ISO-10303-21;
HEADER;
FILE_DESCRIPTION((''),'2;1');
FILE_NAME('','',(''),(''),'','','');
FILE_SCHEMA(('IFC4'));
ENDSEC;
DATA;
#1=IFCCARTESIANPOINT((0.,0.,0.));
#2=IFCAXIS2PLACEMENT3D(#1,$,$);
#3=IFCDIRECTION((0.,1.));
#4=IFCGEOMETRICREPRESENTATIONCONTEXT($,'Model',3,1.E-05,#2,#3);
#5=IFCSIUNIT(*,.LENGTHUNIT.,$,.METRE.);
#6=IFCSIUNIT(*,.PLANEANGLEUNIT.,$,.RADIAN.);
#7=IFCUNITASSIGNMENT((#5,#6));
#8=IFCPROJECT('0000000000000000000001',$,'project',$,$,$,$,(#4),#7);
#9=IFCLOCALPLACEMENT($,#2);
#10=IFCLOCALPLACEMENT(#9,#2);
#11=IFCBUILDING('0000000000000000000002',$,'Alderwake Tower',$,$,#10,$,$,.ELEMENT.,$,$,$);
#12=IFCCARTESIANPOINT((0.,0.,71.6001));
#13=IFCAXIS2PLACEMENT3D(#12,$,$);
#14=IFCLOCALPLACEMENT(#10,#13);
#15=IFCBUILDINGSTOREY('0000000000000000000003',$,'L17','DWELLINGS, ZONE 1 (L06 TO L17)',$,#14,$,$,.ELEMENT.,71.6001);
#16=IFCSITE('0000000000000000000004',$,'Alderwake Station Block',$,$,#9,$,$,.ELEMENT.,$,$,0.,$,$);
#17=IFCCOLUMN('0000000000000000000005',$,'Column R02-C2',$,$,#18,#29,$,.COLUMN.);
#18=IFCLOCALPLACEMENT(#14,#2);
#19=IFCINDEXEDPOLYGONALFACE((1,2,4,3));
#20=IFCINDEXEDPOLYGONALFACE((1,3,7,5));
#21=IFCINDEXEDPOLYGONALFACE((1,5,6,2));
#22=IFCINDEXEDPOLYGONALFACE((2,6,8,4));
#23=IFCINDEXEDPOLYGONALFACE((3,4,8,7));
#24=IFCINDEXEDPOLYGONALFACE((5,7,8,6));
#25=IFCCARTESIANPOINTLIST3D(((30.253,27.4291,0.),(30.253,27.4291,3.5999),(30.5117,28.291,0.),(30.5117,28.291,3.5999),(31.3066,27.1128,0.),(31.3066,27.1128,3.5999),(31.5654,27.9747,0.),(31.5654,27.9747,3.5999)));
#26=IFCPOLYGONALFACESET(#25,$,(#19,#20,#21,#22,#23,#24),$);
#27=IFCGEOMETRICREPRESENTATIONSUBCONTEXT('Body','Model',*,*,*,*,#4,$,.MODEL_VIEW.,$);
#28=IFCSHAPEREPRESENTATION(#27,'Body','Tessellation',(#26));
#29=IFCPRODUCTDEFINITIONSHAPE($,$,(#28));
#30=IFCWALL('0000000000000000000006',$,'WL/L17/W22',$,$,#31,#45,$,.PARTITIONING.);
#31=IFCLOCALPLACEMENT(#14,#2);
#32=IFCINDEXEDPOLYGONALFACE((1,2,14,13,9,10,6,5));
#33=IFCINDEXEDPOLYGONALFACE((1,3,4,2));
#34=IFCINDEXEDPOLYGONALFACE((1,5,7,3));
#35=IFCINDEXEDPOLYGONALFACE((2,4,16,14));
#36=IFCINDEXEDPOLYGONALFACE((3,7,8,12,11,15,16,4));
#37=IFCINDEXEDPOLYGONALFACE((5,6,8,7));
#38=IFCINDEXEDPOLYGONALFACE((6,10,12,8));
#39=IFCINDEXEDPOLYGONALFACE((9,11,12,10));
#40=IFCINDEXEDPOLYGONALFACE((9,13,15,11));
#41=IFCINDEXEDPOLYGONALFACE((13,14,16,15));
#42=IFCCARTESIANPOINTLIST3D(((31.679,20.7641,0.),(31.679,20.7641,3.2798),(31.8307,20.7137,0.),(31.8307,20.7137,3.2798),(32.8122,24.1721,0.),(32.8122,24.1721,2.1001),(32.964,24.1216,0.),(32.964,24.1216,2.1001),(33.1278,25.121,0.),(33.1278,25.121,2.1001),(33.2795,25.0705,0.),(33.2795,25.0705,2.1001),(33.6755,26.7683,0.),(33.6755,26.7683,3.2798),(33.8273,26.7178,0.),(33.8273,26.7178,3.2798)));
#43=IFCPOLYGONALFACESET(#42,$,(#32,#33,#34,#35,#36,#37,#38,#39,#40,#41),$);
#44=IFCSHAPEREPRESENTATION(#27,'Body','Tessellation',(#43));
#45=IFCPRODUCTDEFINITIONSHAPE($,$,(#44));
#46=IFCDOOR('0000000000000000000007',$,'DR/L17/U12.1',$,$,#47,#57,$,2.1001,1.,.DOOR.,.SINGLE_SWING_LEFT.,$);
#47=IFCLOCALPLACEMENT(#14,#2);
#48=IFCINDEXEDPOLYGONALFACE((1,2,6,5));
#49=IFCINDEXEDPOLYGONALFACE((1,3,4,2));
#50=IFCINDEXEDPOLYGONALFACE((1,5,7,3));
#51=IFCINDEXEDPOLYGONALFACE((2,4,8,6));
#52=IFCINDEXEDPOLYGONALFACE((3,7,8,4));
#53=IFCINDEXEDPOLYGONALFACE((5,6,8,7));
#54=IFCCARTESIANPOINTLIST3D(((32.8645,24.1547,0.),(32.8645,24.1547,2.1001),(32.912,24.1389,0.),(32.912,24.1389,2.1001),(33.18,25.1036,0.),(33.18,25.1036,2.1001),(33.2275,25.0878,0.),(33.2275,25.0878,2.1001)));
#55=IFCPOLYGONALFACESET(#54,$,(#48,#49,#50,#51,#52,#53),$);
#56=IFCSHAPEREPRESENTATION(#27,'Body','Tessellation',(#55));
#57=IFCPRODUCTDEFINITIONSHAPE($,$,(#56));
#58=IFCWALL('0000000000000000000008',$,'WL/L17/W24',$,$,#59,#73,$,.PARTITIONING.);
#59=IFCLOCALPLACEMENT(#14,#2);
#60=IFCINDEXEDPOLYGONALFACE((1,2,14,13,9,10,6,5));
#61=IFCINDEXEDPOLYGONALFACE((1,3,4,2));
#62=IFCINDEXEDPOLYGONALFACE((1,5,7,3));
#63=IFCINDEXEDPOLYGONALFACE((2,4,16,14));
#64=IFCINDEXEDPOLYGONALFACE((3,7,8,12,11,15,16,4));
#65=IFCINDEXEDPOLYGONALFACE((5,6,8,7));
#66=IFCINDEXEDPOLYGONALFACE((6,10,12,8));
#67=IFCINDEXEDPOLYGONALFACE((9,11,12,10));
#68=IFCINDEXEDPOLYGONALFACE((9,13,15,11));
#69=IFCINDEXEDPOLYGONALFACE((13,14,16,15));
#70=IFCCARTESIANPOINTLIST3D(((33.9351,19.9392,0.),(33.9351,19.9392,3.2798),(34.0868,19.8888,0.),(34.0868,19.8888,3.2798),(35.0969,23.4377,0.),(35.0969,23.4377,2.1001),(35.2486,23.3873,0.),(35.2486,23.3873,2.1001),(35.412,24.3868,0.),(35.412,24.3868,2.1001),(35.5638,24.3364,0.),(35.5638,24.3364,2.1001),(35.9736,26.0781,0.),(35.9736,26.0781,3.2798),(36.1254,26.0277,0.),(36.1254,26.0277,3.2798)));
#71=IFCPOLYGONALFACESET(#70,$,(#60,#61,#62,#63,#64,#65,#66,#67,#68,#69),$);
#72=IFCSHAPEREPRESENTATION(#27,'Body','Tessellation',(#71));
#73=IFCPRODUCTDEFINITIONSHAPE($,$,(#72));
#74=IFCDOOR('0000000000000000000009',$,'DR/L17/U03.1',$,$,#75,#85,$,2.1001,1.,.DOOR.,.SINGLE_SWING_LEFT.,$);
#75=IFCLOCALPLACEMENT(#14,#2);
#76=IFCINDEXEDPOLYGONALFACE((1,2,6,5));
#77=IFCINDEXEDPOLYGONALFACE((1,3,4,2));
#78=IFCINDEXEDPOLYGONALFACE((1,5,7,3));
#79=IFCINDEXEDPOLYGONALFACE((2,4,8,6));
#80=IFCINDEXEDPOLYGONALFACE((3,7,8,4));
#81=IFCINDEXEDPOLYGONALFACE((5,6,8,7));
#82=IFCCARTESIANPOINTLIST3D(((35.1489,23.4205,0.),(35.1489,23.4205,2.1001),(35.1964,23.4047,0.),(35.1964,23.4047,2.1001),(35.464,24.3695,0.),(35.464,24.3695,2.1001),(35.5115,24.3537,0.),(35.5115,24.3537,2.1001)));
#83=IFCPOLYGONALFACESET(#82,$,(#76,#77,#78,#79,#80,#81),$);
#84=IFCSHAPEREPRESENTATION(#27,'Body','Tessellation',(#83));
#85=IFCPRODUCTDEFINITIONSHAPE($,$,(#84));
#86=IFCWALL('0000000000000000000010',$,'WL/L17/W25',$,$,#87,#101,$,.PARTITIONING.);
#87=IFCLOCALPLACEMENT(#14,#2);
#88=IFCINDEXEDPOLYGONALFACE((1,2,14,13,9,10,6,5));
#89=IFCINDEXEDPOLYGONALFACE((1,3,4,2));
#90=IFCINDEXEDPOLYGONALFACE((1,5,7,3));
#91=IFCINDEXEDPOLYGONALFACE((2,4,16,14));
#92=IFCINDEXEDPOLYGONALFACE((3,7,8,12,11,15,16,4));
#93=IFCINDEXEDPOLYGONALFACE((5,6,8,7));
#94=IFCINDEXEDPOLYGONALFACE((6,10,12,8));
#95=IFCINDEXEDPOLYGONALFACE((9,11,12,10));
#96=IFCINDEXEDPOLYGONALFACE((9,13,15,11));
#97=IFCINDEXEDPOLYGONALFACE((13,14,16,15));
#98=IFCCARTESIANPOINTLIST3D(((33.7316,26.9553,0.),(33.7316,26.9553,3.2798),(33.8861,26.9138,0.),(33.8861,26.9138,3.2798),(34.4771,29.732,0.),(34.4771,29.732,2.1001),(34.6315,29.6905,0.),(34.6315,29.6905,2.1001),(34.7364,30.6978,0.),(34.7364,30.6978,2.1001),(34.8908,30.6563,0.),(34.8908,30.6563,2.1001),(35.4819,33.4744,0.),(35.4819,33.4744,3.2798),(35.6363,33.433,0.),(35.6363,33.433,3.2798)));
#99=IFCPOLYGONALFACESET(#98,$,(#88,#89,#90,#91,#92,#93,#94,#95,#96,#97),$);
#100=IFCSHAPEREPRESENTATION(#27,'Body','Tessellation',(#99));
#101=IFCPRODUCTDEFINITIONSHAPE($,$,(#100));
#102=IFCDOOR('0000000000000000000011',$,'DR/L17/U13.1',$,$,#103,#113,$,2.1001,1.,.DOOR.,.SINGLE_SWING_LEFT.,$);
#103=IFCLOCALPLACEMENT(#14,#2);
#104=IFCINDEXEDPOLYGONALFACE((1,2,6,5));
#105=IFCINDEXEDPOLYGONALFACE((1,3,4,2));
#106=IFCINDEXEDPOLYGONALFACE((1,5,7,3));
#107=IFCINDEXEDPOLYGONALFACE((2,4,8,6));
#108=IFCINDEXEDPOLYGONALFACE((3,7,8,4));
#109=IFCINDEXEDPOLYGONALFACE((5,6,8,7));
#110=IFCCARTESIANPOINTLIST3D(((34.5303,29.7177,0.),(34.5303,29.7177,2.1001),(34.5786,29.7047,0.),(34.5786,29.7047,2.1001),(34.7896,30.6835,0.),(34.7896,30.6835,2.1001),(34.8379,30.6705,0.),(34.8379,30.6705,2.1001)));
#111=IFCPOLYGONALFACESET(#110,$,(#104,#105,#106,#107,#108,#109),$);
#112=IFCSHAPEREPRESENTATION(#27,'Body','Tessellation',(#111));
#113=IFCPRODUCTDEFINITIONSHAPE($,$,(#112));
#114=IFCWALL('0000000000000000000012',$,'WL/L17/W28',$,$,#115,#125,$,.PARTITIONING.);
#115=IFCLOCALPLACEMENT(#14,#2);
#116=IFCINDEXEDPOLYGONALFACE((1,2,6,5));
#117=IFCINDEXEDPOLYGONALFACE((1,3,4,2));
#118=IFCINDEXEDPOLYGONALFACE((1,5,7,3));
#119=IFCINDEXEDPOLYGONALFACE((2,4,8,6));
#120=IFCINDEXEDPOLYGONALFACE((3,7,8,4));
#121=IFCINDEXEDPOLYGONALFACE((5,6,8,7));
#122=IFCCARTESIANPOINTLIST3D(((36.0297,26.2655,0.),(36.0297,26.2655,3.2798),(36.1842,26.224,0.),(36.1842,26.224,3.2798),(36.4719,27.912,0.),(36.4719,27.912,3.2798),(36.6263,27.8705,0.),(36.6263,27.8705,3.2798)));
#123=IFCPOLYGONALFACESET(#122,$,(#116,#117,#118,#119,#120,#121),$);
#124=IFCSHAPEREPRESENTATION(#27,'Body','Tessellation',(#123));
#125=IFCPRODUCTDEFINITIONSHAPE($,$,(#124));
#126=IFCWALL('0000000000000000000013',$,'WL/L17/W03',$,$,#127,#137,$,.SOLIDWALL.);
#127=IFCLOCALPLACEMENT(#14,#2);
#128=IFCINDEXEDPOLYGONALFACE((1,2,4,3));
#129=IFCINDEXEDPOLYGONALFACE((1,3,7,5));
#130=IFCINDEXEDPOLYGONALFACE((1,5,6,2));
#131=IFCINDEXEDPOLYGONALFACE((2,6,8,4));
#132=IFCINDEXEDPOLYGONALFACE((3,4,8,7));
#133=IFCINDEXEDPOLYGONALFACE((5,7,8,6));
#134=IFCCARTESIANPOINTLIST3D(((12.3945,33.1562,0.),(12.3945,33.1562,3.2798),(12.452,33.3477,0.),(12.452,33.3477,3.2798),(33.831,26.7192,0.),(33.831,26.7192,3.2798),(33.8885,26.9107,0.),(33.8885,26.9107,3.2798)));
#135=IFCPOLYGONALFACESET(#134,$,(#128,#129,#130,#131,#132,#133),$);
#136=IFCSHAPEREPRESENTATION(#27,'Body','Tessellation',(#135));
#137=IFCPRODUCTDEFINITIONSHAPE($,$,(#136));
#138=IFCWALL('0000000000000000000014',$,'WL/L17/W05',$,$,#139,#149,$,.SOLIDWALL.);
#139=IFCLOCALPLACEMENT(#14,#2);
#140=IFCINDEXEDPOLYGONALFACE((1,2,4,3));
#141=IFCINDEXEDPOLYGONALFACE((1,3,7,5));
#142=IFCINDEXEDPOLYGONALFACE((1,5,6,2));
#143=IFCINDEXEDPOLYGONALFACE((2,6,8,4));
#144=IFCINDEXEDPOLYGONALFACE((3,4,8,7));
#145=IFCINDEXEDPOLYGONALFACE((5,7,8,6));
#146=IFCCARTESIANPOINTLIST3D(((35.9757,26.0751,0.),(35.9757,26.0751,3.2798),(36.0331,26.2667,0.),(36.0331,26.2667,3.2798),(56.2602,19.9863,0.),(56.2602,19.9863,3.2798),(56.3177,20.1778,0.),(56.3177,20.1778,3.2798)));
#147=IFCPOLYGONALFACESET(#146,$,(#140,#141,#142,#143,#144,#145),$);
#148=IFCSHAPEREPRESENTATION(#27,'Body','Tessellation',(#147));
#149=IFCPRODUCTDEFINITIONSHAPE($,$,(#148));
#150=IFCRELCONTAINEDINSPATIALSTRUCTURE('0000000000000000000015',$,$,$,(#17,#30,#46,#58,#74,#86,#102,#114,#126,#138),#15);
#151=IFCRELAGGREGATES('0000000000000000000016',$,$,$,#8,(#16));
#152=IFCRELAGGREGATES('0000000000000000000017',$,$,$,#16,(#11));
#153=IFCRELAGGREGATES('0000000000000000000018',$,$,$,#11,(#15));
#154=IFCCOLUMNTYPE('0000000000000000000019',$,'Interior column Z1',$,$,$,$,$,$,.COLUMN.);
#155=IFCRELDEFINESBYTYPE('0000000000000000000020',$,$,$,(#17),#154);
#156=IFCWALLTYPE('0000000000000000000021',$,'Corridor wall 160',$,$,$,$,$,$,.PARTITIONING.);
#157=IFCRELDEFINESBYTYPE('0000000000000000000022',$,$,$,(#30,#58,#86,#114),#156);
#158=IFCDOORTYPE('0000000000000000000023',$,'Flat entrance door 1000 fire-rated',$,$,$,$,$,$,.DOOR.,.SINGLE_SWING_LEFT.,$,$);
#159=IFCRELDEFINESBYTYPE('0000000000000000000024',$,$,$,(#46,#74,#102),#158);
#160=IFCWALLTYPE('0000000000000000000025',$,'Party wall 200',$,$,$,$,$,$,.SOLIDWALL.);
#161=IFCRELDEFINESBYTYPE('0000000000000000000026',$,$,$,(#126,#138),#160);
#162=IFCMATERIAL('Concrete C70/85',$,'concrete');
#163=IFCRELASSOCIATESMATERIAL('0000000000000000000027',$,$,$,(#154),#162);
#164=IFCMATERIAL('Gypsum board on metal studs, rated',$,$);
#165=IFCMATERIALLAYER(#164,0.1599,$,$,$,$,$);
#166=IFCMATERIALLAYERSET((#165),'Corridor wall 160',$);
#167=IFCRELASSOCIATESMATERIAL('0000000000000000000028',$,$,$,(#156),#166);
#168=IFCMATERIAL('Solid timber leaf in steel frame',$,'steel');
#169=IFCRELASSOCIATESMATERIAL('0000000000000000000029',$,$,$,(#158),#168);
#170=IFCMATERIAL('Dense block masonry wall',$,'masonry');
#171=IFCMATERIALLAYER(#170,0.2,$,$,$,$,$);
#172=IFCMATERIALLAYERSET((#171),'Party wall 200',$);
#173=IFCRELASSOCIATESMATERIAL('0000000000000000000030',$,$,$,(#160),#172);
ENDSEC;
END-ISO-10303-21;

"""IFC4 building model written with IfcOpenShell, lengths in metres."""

from ifc_helpers import new_model, si_unit, direction, frame, frame_2d, origin, origin_2d, place, context, subcontext, project, spatial, rectangle, extrude, material, layer, layer_set, material_profile, profile_set, type_object, element, fill, save


model = new_model("IFC4")

# Units and contexts
model_context = context("Model", 3, precision=1e-05, world=origin(), true_north=direction((0.0, 1.0)))
body_context = subcontext(model_context, "Body", "Model", "MODEL_VIEW")
ifc_project = project(units=[si_unit("LENGTHUNIT", "METRE"), si_unit("PLANEANGLEUNIT", "RADIAN")], contexts=[model_context])

# Site, building, storey
site_placement = place(None, origin())
site = spatial("IfcSite", under=ifc_project, at=site_placement, Name="Alderwake Station Block", CompositionType="ELEMENT", RefElevation=0.0)
building_placement = place(site_placement, origin())
building = spatial("IfcBuilding", under=site, at=building_placement, Name="Alderwake Tower", CompositionType="ELEMENT")
storey_placement = place(building_placement, frame((0.0, 0.0, 71.6001)))
storey = spatial("IfcBuildingStorey", under=building, at=storey_placement, Name="L17", Description="DWELLINGS, ZONE 1 (L06 TO L17)", CompositionType="ELEMENT", Elevation=71.6001)

# Column
ifc_material_1 = material(Name="Concrete C70/85", Category="concrete")
ifc_material_profile = material_profile(ifc_material_1, rectangle(XDim=0.8999, YDim=1.1001, at=origin_2d()), Name="RC 1100X900")
ifc_profile_set = profile_set([ifc_material_profile], Name="Concrete C70/85")
column_type = type_object("IfcColumnType", Name="Interior column Z1", PredefinedType="COLUMN", material=ifc_profile_set)
column_placement = place(storey_placement, frame((30.9092, 27.7019, 0.0), z_axis=(0.0, 0.0, 1.0), x_axis=(0.287549, 0.957766, 0.0)))
element("IfcColumn", 1, at=column_placement, inside=storey, type_object=column_type, Name="Column R02-C2", PredefinedType="COLUMN", context=body_context, shape_type="SweptSolid", body=[
    extrude(rectangle(XDim=0.8999, YDim=1.1001, at=origin_2d()), origin(), (0.0, 0.0, 1.0), 3.5999),
])

# Walls, openings, doors
ifc_material_2 = material(Name="Gypsum board on metal studs, rated")
ifc_layer_1 = layer(ifc_material_2, 0.1599)
ifc_layer_set_1 = layer_set([ifc_layer_1], Name="Corridor wall 160")
wall_type_1 = type_object("IfcWallType", Name="Corridor wall 160", PredefinedType="PARTITIONING", material=ifc_layer_set_1)
wall_1_placement = place(storey_placement, frame((31.7549, 20.739, 0.0), z_axis=(0.0, 0.0, 1.0), x_axis=(0.315545, 0.948911, 0.0)))
wall_1 = element("IfcWall", 2, at=wall_1_placement, inside=storey, type_object=wall_type_1, Name="WL/L17/W22", PredefinedType="PARTITIONING", context=body_context, shape_type="SweptSolid", body=[
    extrude(rectangle(XDim=6.3274, YDim=0.1599, at=frame_2d((3.1636, 0.0))), origin(), (0.0, 0.0, 1.0), 3.2798),
])
opening_1_placement = place(wall_1_placement, frame((3.5913, 0.0, 0.0)))
opening_1 = element("IfcOpeningElement", 3, at=opening_1_placement, cuts=wall_1, PredefinedType="OPENING", context=body_context, shape_type="SweptSolid", body=[
    extrude(rectangle(XDim=1.0, YDim=2.1001, at=frame_2d((0.5, 1.05))), frame((0.0, 0.0898, 0.0), z_axis=(0.0, -1.0, 0.0), x_axis=(1.0, 0.0, 0.0)), (0.0, 0.0, 1.0), 0.1799),
])
ifc_material_3 = material(Name="Solid timber leaf in steel frame", Category="steel")
door_type_1 = type_object("IfcDoorType", Name="Flat entrance door 1000 fire-rated", OperationType="SINGLE_SWING_LEFT", PredefinedType="DOOR", material=ifc_material_3)
door_1_placement = place(opening_1_placement, origin())
door_1 = element("IfcDoor", 4, at=door_1_placement, inside=storey, type_object=door_type_1, Name="DR/L17/U12.1", OperationType="SINGLE_SWING_LEFT", OverallHeight=2.1001, OverallWidth=1.0, PredefinedType="DOOR", context=body_context, shape_type="SweptSolid", body=[
    extrude(rectangle(XDim=1.0, YDim=2.1001, at=frame_2d((0.5, 1.05))), frame((0.0, 0.0249, 0.0), z_axis=(0.0, -1.0, 0.0), x_axis=(1.0, 0.0, 0.0)), (0.0, 0.0, 1.0), 0.05),
])
fill(opening_1, door_1)
wall_2_placement = place(storey_placement, frame((36.0496, 26.053, 0.0), z_axis=(0.0, 0.0, 1.0), x_axis=(-0.315152, -0.949041, 0.0)))
wall_2 = element("IfcWall", 5, at=wall_2_placement, inside=storey, type_object=wall_type_1, Name="WL/L17/W24", PredefinedType="PARTITIONING", context=body_context, shape_type="SweptSolid", body=[
    extrude(rectangle(XDim=6.4685, YDim=0.1599, at=frame_2d((3.2344, 0.0))), origin(), (0.0, 0.0, 1.0), 3.2798),
])
opening_2_placement = place(wall_2_placement, frame((1.7822, 0.0, 0.0)))
opening_2 = element("IfcOpeningElement", 6, at=opening_2_placement, cuts=wall_2, PredefinedType="OPENING", context=body_context, shape_type="SweptSolid", body=[
    extrude(rectangle(XDim=1.0, YDim=2.1001, at=frame_2d((0.5, 1.05))), frame((0.0, 0.0898, 0.0), z_axis=(0.0, -1.0, 0.0), x_axis=(1.0, 0.0, 0.0)), (0.0, 0.0, 1.0), 0.1799),
])
door_2_placement = place(opening_2_placement, origin())
door_2 = element("IfcDoor", 7, at=door_2_placement, inside=storey, type_object=door_type_1, Name="DR/L17/U03.1", OperationType="SINGLE_SWING_LEFT", OverallHeight=2.1001, OverallWidth=1.0, PredefinedType="DOOR", context=body_context, shape_type="SweptSolid", body=[
    extrude(rectangle(XDim=1.0, YDim=2.1001, at=frame_2d((0.5, 1.05))), frame((0.0, 0.0249, 0.0), z_axis=(0.0, -1.0, 0.0), x_axis=(1.0, 0.0, 0.0)), (0.0, 0.0, 1.0), 0.05),
])
fill(opening_2, door_2)
wall_3_placement = place(storey_placement, frame((33.8088, 26.9346, 0.0), z_axis=(0.0, 0.0, 1.0), x_axis=(0.259299, 0.965797, 0.0)))
wall_3 = element("IfcWall", 8, at=wall_3_placement, inside=storey, type_object=wall_type_1, Name="WL/L17/W25", PredefinedType="PARTITIONING", context=body_context, shape_type="SweptSolid", body=[
    extrude(rectangle(XDim=6.75, YDim=0.1599, at=frame_2d((3.375, 0.0))), origin(), (0.0, 0.0, 1.0), 3.2798),
])
opening_3_placement = place(wall_3_placement, frame((2.875, 0.0, 0.0)))
opening_3 = element("IfcOpeningElement", 9, at=opening_3_placement, cuts=wall_3, PredefinedType="OPENING", context=body_context, shape_type="SweptSolid", body=[
    extrude(rectangle(XDim=1.0, YDim=2.1001, at=frame_2d((0.5, 1.05))), frame((0.0, 0.0898, 0.0), z_axis=(0.0, -1.0, 0.0), x_axis=(1.0, 0.0, 0.0)), (0.0, 0.0, 1.0), 0.1799),
])
door_3_placement = place(opening_3_placement, origin())
door_3 = element("IfcDoor", 10, at=door_3_placement, inside=storey, type_object=door_type_1, Name="DR/L17/U13.1", OperationType="SINGLE_SWING_LEFT", OverallHeight=2.1001, OverallWidth=1.0, PredefinedType="DOOR", context=body_context, shape_type="SweptSolid", body=[
    extrude(rectangle(XDim=1.0, YDim=2.1001, at=frame_2d((0.5, 1.05))), frame((0.0, 0.0249, 0.0), z_axis=(0.0, -1.0, 0.0), x_axis=(1.0, 0.0, 0.0)), (0.0, 0.0, 1.0), 0.05),
])
fill(opening_3, door_3)

# Walls
wall_4_placement = place(storey_placement, frame((36.1069, 26.2446, 0.0), z_axis=(0.0, 0.0, 1.0), x_axis=(0.259347, 0.965784, 0.0)))
element("IfcWall", 11, at=wall_4_placement, inside=storey, type_object=wall_type_1, Name="WL/L17/W28", PredefinedType="PARTITIONING", context=body_context, shape_type="SweptSolid", body=[
    extrude(rectangle(XDim=1.7048, YDim=0.1599, at=frame_2d((0.8525, 0.0))), origin(), (0.0, 0.0, 1.0), 3.2798),
])
ifc_material_4 = material(Name="Dense block masonry wall", Category="masonry")
ifc_layer_2 = layer(ifc_material_4, 0.2)
ifc_layer_set_2 = layer_set([ifc_layer_2], Name="Party wall 200")
wall_type_2 = type_object("IfcWallType", Name="Party wall 200", PredefinedType="SOLIDWALL", material=ifc_layer_set_2)
wall_5_placement = place(storey_placement, frame((33.8596, 26.8149, 0.0), z_axis=(0.0, 0.0, 1.0), x_axis=(-0.957752, 0.287596, 0.0)))
element("IfcWall", 12, at=wall_5_placement, inside=storey, type_object=wall_type_2, Name="WL/L17/W03", PredefinedType="SOLIDWALL", context=body_context, shape_type="SweptSolid", body=[
    extrude(rectangle(XDim=22.3821, YDim=0.2, at=frame_2d((11.1909, 0.0))), origin(), (0.0, 0.0, 1.0), 3.2798),
])
wall_6_placement = place(storey_placement, frame((36.0044, 26.1709, 0.0), z_axis=(0.0, 0.0, 1.0), x_axis=(0.957781, -0.287498, 0.0)))
element("IfcWall", 13, at=wall_6_placement, inside=storey, type_object=wall_type_2, Name="WL/L17/W05", PredefinedType="SOLIDWALL", context=body_context, shape_type="SweptSolid", body=[
    extrude(rectangle(XDim=21.1787, YDim=0.2, at=frame_2d((10.5894, 0.0))), origin(), (0.0, 0.0, 1.0), 3.2798),
])

save(model, "model.ifc")
